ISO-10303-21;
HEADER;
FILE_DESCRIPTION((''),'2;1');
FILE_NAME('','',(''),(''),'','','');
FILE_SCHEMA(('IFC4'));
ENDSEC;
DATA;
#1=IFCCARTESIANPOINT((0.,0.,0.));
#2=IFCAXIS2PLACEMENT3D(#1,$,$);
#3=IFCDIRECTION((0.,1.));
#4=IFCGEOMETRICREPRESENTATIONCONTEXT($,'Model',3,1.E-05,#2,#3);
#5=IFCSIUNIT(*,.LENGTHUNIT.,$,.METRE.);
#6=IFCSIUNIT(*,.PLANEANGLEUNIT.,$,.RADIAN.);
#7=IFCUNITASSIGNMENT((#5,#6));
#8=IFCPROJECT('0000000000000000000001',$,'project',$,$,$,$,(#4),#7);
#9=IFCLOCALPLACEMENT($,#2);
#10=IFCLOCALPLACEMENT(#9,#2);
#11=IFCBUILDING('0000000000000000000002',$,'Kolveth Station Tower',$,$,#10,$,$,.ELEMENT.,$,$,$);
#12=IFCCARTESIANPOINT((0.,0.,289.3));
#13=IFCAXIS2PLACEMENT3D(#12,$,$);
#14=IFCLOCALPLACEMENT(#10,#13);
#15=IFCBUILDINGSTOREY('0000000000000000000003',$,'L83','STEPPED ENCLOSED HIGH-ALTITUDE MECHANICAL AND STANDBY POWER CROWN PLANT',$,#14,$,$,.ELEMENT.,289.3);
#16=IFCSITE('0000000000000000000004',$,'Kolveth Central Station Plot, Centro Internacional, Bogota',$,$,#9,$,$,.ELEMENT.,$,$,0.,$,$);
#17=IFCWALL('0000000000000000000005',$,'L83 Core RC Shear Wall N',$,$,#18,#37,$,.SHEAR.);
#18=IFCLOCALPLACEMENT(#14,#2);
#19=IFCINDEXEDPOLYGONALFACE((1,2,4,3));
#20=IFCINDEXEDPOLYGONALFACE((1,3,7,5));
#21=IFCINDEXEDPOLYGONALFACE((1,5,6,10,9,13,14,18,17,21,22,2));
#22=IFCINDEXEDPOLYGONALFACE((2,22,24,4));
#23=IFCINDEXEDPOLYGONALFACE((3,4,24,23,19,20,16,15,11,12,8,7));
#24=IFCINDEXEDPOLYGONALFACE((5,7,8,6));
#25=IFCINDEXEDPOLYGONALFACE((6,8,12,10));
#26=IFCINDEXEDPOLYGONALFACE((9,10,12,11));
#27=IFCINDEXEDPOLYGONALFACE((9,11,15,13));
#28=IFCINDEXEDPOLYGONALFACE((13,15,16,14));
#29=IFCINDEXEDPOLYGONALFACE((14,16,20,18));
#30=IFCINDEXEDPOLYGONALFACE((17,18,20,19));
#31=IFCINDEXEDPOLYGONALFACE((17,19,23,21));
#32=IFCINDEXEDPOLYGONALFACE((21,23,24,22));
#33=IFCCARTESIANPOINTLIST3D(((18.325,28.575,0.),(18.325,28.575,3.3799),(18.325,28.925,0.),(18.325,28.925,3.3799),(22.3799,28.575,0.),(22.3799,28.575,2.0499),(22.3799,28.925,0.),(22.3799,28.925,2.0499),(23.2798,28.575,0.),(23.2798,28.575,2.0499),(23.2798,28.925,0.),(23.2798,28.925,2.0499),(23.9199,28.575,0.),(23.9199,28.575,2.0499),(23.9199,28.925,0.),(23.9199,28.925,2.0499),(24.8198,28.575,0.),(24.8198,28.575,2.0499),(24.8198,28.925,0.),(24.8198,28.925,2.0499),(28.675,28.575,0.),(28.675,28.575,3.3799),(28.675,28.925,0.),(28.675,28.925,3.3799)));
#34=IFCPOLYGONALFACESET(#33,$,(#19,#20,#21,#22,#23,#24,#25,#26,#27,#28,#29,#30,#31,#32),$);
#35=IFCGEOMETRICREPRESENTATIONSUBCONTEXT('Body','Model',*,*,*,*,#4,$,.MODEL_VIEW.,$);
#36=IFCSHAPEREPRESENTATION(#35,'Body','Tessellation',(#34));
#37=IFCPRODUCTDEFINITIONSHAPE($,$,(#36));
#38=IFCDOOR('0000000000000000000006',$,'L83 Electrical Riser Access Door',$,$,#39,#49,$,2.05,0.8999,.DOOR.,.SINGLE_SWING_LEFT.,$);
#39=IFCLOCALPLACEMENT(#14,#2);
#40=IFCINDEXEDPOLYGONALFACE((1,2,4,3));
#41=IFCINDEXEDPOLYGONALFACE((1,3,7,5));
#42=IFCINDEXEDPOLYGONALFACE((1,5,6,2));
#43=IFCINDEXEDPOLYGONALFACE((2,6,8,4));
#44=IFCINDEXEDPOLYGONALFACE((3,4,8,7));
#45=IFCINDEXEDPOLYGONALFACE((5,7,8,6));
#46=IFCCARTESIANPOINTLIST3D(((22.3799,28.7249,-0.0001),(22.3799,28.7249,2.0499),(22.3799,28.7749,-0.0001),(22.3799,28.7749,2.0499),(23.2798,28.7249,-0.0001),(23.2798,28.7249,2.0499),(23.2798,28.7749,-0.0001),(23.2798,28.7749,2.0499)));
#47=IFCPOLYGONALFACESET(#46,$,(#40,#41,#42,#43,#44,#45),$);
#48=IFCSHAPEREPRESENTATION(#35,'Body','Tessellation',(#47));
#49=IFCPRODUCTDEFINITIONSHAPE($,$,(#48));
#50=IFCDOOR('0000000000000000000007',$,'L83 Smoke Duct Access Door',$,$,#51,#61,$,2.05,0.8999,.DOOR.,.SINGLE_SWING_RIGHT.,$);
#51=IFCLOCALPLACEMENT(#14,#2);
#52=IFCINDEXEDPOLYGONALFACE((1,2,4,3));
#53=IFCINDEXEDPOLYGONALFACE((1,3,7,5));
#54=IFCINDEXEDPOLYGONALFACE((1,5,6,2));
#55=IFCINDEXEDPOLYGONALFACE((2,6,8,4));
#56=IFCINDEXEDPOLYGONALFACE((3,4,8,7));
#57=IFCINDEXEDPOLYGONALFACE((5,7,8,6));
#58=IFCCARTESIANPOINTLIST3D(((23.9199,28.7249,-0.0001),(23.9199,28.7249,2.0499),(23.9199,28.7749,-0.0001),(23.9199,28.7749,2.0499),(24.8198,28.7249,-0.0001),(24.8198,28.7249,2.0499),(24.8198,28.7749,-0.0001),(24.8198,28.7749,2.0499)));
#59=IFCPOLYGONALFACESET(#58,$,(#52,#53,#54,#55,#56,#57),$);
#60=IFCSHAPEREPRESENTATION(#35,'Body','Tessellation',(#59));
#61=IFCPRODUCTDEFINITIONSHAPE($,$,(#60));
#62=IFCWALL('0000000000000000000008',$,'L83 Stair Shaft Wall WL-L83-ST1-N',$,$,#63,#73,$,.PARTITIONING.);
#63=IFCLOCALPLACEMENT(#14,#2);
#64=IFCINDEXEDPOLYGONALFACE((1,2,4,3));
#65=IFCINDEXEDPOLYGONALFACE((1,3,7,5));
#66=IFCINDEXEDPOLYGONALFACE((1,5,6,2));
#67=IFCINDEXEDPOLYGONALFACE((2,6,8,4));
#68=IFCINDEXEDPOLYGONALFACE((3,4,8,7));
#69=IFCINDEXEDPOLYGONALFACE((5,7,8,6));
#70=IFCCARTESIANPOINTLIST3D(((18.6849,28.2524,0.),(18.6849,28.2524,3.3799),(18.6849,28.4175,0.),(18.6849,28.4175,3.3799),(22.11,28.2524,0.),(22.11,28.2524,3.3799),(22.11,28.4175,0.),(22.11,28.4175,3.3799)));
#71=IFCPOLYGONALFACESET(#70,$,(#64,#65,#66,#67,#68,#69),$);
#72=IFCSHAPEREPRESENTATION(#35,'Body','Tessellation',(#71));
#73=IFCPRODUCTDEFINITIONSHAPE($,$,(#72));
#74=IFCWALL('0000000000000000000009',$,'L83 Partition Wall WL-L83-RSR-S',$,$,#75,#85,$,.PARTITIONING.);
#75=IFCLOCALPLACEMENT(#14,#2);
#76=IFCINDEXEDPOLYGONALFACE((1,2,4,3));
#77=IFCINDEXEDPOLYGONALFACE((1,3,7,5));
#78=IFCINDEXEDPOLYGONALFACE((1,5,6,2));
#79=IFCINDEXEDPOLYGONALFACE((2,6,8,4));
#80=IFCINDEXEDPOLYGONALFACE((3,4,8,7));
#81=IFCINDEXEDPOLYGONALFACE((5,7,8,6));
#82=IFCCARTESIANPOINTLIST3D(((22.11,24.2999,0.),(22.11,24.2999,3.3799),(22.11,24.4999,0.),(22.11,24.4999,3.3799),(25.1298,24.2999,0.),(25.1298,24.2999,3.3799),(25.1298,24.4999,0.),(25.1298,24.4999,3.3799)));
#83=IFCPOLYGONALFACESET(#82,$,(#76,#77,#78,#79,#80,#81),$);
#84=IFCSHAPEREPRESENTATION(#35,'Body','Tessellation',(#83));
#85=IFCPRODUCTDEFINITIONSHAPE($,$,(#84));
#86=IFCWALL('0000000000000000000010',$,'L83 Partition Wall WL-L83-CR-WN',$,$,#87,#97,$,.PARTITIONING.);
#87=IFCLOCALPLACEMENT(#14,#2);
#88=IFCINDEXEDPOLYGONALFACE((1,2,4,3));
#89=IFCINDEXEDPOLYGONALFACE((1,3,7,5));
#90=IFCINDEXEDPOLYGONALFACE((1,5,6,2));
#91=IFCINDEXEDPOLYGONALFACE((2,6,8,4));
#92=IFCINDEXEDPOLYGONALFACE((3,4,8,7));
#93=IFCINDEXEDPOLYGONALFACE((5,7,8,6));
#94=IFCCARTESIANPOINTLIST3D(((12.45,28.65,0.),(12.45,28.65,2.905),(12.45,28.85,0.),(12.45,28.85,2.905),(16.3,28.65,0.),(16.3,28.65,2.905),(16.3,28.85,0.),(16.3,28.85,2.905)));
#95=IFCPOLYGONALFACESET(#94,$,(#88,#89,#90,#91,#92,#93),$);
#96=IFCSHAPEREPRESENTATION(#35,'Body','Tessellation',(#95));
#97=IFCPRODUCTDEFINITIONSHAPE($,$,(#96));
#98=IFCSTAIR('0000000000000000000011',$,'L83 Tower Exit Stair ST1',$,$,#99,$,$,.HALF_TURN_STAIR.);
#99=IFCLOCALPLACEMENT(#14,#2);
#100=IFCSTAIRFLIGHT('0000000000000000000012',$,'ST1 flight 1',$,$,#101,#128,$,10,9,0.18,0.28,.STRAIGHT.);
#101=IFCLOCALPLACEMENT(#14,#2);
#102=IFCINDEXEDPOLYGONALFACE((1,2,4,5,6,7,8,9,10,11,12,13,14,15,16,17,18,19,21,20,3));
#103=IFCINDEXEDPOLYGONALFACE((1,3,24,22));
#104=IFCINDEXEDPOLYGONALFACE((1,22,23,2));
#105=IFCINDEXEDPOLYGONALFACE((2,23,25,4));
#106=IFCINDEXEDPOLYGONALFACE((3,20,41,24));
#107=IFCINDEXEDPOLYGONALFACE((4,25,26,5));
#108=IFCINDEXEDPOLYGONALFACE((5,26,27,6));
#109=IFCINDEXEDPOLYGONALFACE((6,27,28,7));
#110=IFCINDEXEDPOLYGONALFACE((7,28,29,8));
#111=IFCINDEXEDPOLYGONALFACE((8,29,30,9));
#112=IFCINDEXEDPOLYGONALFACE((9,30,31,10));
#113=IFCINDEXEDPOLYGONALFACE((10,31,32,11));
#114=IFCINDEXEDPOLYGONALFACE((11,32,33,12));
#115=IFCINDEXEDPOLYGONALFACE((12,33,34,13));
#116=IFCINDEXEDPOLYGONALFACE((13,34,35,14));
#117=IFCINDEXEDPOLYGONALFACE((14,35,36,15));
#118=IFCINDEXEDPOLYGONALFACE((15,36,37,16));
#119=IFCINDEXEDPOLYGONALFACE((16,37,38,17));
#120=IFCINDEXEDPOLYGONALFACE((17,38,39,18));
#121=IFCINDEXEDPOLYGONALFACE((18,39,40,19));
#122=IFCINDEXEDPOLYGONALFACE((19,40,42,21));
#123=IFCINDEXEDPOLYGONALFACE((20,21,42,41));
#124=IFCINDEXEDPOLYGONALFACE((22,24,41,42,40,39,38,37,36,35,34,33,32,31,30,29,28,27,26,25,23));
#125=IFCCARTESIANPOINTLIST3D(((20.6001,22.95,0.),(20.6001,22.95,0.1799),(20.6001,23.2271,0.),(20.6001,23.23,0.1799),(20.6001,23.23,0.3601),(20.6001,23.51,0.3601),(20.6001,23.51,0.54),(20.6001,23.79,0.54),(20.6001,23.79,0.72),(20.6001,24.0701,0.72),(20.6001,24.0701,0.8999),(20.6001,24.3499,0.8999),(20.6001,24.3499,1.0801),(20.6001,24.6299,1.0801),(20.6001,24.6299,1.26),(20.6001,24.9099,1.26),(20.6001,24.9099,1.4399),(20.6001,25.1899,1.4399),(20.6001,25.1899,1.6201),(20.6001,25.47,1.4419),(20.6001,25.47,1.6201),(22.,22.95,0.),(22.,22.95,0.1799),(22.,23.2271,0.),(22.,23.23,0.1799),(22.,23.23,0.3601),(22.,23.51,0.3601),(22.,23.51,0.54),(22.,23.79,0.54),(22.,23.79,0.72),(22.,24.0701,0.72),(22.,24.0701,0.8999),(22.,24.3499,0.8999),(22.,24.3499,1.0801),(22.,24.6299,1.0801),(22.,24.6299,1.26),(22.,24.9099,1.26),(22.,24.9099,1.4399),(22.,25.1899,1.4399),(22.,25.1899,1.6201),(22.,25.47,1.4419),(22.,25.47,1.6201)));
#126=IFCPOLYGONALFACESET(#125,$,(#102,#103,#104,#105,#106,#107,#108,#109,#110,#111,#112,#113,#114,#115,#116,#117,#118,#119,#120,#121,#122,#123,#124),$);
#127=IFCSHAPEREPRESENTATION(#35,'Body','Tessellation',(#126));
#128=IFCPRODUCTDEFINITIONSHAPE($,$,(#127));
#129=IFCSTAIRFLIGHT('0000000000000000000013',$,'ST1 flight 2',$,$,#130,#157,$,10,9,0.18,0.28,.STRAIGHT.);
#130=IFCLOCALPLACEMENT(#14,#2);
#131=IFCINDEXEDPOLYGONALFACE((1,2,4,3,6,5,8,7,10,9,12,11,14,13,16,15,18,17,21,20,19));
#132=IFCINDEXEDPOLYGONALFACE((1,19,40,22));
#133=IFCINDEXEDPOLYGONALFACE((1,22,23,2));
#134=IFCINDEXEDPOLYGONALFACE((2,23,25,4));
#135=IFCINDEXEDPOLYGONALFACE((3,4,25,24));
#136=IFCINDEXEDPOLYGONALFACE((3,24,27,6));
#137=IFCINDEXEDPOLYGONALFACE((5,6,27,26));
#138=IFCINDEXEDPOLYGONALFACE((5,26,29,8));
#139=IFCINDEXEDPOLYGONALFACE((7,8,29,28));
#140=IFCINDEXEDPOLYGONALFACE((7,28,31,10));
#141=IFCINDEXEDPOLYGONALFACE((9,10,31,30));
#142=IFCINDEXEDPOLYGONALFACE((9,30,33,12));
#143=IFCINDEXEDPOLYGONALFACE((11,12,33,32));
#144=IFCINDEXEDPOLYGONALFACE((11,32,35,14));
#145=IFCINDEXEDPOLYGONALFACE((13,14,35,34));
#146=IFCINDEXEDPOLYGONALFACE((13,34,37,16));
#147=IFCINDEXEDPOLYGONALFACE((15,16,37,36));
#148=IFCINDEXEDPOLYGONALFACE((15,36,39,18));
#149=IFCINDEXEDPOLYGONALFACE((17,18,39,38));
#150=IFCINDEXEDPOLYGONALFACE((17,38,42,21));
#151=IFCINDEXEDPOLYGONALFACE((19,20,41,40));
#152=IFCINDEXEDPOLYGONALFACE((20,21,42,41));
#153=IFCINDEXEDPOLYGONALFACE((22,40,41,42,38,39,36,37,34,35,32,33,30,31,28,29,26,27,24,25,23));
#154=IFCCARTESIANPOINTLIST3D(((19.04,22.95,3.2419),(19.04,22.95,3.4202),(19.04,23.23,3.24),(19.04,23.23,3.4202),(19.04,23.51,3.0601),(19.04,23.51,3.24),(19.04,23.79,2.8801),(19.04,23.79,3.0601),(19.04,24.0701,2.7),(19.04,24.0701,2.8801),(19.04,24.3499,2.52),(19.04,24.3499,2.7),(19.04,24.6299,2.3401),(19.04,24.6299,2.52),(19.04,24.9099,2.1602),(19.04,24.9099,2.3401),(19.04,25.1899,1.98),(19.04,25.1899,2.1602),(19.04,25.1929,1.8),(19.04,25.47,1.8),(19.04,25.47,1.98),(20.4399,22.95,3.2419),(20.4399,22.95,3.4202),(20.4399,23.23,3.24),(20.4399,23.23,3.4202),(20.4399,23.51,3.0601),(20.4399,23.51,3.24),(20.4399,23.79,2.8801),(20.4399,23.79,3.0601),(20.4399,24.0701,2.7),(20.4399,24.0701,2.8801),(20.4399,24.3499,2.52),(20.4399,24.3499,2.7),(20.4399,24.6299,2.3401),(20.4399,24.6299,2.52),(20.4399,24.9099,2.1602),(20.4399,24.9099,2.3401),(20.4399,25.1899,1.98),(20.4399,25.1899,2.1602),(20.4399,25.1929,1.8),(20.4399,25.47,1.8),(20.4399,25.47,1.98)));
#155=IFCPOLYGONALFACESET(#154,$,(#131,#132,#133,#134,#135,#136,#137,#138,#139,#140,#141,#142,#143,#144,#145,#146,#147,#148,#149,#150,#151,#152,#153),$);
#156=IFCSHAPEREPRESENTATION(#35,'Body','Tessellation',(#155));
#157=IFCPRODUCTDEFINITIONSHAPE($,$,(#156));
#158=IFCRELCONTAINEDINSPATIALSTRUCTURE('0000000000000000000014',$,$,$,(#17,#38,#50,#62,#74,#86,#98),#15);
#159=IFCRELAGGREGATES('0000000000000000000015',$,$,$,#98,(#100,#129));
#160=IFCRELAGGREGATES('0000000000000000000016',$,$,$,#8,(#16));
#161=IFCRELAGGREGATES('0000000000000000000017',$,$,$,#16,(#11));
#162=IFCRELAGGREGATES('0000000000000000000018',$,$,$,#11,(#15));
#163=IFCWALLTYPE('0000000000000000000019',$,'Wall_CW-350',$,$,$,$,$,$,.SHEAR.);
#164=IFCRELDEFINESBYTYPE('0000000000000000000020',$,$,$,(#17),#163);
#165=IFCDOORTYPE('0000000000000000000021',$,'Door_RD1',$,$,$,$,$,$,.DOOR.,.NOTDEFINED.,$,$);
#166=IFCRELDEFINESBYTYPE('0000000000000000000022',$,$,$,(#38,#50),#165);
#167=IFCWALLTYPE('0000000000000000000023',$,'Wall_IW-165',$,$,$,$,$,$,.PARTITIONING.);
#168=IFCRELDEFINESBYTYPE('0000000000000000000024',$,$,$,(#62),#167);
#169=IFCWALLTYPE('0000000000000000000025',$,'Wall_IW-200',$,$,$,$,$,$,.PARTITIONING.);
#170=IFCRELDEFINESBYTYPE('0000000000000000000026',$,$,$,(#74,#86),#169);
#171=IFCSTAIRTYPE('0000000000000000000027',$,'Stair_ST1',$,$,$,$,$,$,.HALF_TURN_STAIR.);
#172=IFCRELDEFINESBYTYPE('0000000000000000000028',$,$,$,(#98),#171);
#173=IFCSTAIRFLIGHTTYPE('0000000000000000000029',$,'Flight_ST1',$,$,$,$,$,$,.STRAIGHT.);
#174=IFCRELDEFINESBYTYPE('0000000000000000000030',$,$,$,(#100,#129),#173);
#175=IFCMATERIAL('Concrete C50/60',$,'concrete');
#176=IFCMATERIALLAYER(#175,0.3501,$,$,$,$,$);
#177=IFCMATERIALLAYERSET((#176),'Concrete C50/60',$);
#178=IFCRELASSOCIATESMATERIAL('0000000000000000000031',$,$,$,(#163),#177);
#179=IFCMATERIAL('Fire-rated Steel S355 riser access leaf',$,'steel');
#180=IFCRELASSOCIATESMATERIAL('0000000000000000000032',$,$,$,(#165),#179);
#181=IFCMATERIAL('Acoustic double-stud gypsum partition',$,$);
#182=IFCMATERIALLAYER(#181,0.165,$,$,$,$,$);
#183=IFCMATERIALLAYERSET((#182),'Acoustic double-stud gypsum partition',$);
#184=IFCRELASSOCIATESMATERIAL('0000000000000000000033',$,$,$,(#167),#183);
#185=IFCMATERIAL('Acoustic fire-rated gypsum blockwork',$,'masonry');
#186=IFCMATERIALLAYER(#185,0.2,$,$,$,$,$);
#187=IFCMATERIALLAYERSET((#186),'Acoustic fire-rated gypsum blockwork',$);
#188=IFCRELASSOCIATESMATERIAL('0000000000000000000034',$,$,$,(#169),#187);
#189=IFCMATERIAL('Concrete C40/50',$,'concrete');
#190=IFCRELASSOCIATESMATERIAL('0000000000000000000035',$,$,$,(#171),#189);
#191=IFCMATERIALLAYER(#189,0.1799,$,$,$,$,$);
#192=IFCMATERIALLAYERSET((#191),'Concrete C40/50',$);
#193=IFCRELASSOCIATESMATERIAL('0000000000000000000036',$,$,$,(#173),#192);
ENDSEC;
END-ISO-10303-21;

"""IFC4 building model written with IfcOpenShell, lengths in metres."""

from ifc_helpers import new_model, si_unit, direction, frame, frame_2d, origin, place, context, subcontext, project, spatial, polyline, rectangle, outline, extrude, material, layer, layer_set, type_object, element, fill, aggregate, save


model = new_model("IFC4")

# Units and contexts
model_context = context("Model", 3, precision=1e-05, world=origin(), true_north=direction((0.0, 1.0)))
body_context = subcontext(model_context, "Body", "Model", "MODEL_VIEW")
ifc_project = project(units=[si_unit("LENGTHUNIT", "METRE"), si_unit("PLANEANGLEUNIT", "RADIAN")], contexts=[model_context])

# Site, building, storey
site_placement = place(None, origin())
site = spatial("IfcSite", under=ifc_project, at=site_placement, Name="Kolveth Central Station Plot, Centro Internacional, Bogota", CompositionType="ELEMENT", RefElevation=0.0)
building_placement = place(site_placement, origin())
building = spatial("IfcBuilding", under=site, at=building_placement, Name="Kolveth Station Tower", CompositionType="ELEMENT")
storey_placement = place(building_placement, frame((0.0, 0.0, 289.3)))
storey = spatial("IfcBuildingStorey", under=building, at=storey_placement, Name="L83", Description="STEPPED ENCLOSED HIGH-ALTITUDE MECHANICAL AND STANDBY POWER CROWN PLANT", CompositionType="ELEMENT", Elevation=289.3)

# Wall, openings, doors
ifc_material_1 = material(Name="Concrete C50/60", Category="concrete")
ifc_layer_1 = layer(ifc_material_1, 0.3501)
ifc_layer_set_1 = layer_set([ifc_layer_1], Name="Concrete C50/60")
wall_type_1 = type_object("IfcWallType", Name="Wall_CW-350", PredefinedType="SHEAR", material=ifc_layer_set_1)
wall_1_placement = place(storey_placement, frame((18.325, 28.75, 0.0), z_axis=(0.0, 0.0, 1.0), x_axis=(1.0, 0.0, 0.0)))
wall_1 = element("IfcWall", 1, at=wall_1_placement, inside=storey, type_object=wall_type_1, Name="L83 Core RC Shear Wall N", PredefinedType="SHEAR", context=body_context, shape_type="SweptSolid", body=[
    extrude(rectangle(XDim=10.3501, YDim=0.3501, at=frame_2d((5.175, 0.0))), origin(), (0.0, 0.0, 1.0), 3.3799),
])
opening_1_placement = place(wall_1_placement, frame((4.0549, 0.0, 0.0)))
opening_1 = element("IfcOpeningElement", 2, at=opening_1_placement, cuts=wall_1, PredefinedType="OPENING", context=body_context, shape_type="SweptSolid", body=[
    extrude(rectangle(XDim=0.8999, YDim=2.05, at=frame_2d((0.45, 1.0249))), frame((0.0, 0.1851, 0.0), z_axis=(0.0, -1.0, 0.0), x_axis=(1.0, 0.0, 0.0)), (0.0, 0.0, 1.0), 0.3701),
])
opening_2_placement = place(wall_1_placement, frame((5.595, 0.0, 0.0)))
opening_2 = element("IfcOpeningElement", 3, at=opening_2_placement, cuts=wall_1, PredefinedType="OPENING", context=body_context, shape_type="SweptSolid", body=[
    extrude(rectangle(XDim=0.8999, YDim=2.05, at=frame_2d((0.45, 1.0249))), frame((0.0, 0.1851, 0.0), z_axis=(0.0, -1.0, 0.0), x_axis=(1.0, 0.0, 0.0)), (0.0, 0.0, 1.0), 0.3701),
])
ifc_material_2 = material(Name="Fire-rated Steel S355 riser access leaf", Category="steel")
door_type = type_object("IfcDoorType", Name="Door_RD1", OperationType="NOTDEFINED", PredefinedType="DOOR", material=ifc_material_2)
door_1_placement = place(opening_1_placement, origin())
door_1 = element("IfcDoor", 4, at=door_1_placement, inside=storey, type_object=door_type, Name="L83 Electrical Riser Access Door", OperationType="SINGLE_SWING_LEFT", OverallHeight=2.05, OverallWidth=0.8999, PredefinedType="DOOR", context=body_context, shape_type="SweptSolid", body=[
    extrude(rectangle(XDim=0.8999, YDim=2.05, at=frame_2d((0.45, 1.0249))), frame((0.0, 0.0249, 0.0), z_axis=(0.0, -1.0, 0.0), x_axis=(1.0, 0.0, 0.0)), (0.0, 0.0, 1.0), 0.05),
])
fill(opening_1, door_1)
door_2_placement = place(opening_2_placement, origin())
door_2 = element("IfcDoor", 5, at=door_2_placement, inside=storey, type_object=door_type, Name="L83 Smoke Duct Access Door", OperationType="SINGLE_SWING_RIGHT", OverallHeight=2.05, OverallWidth=0.8999, PredefinedType="DOOR", context=body_context, shape_type="SweptSolid", body=[
    extrude(rectangle(XDim=0.8999, YDim=2.05, at=frame_2d((0.45, 1.0249))), frame((0.0, 0.0249, 0.0), z_axis=(0.0, -1.0, 0.0), x_axis=(1.0, 0.0, 0.0)), (0.0, 0.0, 1.0), 0.05),
])
fill(opening_2, door_2)

# Walls
ifc_material_3 = material(Name="Acoustic double-stud gypsum partition")
ifc_layer_2 = layer(ifc_material_3, 0.165)
ifc_layer_set_2 = layer_set([ifc_layer_2], Name="Acoustic double-stud gypsum partition")
wall_type_2 = type_object("IfcWallType", Name="Wall_IW-165", PredefinedType="PARTITIONING", material=ifc_layer_set_2)
wall_2_placement = place(storey_placement, frame((18.6851, 28.335, 0.0), z_axis=(0.0, 0.0, 1.0), x_axis=(1.0, 0.0, 0.0)))
element("IfcWall", 6, at=wall_2_placement, inside=storey, type_object=wall_type_2, Name="L83 Stair Shaft Wall WL-L83-ST1-N", PredefinedType="PARTITIONING", context=body_context, shape_type="SweptSolid", body=[
    extrude(rectangle(XDim=3.425, YDim=0.165, at=frame_2d((1.7124, 0.0))), origin(), (0.0, 0.0, 1.0), 3.3799),
])
ifc_material_4 = material(Name="Acoustic fire-rated gypsum blockwork", Category="masonry")
ifc_layer_3 = layer(ifc_material_4, 0.2)
ifc_layer_set_3 = layer_set([ifc_layer_3], Name="Acoustic fire-rated gypsum blockwork")
wall_type_3 = type_object("IfcWallType", Name="Wall_IW-200", PredefinedType="PARTITIONING", material=ifc_layer_set_3)
wall_3_placement = place(storey_placement, frame((22.1101, 24.3999, 0.0), z_axis=(0.0, 0.0, 1.0), x_axis=(1.0, 0.0, 0.0)))
element("IfcWall", 7, at=wall_3_placement, inside=storey, type_object=wall_type_3, Name="L83 Partition Wall WL-L83-RSR-S", PredefinedType="PARTITIONING", context=body_context, shape_type="SweptSolid", body=[
    extrude(rectangle(XDim=3.0198, YDim=0.2, at=frame_2d((1.5098, 0.0))), origin(), (0.0, 0.0, 1.0), 3.3799),
])
wall_4_placement = place(storey_placement, frame((12.45, 28.75, 0.0), z_axis=(0.0, 0.0, 1.0), x_axis=(1.0, 0.0, 0.0)))
element("IfcWall", 8, at=wall_4_placement, inside=storey, type_object=wall_type_3, Name="L83 Partition Wall WL-L83-CR-WN", PredefinedType="PARTITIONING", context=body_context, shape_type="SweptSolid", body=[
    extrude(rectangle(XDim=3.8501, YDim=0.2, at=frame_2d((1.925, 0.0))), origin(), (0.0, 0.0, 1.0), 2.905),
])

# Stair, stair flights
ifc_material_5 = material(Name="Concrete C40/50", Category="concrete")
stair_type = type_object("IfcStairType", Name="Stair_ST1", PredefinedType="HALF_TURN_STAIR", material=ifc_material_5)
stair_placement = place(storey_placement, origin())
stair = element("IfcStair", 9, at=stair_placement, inside=storey, type_object=stair_type, Name="L83 Tower Exit Stair ST1", PredefinedType="HALF_TURN_STAIR")
ifc_layer_4 = layer(ifc_material_5, 0.1799)
ifc_layer_set_4 = layer_set([ifc_layer_4], Name="Concrete C40/50")
stair_flight_type = type_object("IfcStairFlightType", Name="Flight_ST1", PredefinedType="STRAIGHT", material=ifc_layer_set_4)
stair_flight_1_placement = place(storey_placement, frame((21.3, 22.95, 0.0), z_axis=(0.0, 0.0, 1.0), x_axis=(0.0, 1.0, 0.0)))
stair_flight_1 = element("IfcStairFlight", 10, at=stair_flight_1_placement, type_object=stair_flight_type, Name="ST1 flight 1", NumberOfRisers=10, NumberOfTreads=9, PredefinedType="STRAIGHT", RiserHeight=0.18, TreadLength=0.28, context=body_context, shape_type="SweptSolid", body=[
    extrude(outline(polyline([(0.0, 0.0), (0.0, 0.1799), (0.28, 0.1799), (0.28, 0.3601), (0.5601, 0.3601), (0.5601, 0.54), (0.8401, 0.54), (0.8401, 0.72), (1.1201, 0.72), (1.1201, 0.8999), (1.3999, 0.8999), (1.3999, 1.0801), (1.6799, 1.0801), (1.6799, 1.26), (1.96, 1.26), (1.96, 1.4399), (2.24, 1.4399), (2.24, 1.6201), (2.52, 1.6201), (2.52, 1.8), (2.52, 1.4419), (0.2771, 0.0), (0.0, 0.0)])), frame((0.0, 0.7, 0.0), z_axis=(0.0, -1.0, 0.0), x_axis=(1.0, 0.0, 0.0)), (0.0, 0.0, 1.0), 1.3999),
])
stair_flight_2_placement = place(storey_placement, frame((19.74, 25.47, 1.8), z_axis=(0.0, 0.0, 1.0), x_axis=(0.0, -1.0, 0.0)))
stair_flight_2 = element("IfcStairFlight", 11, at=stair_flight_2_placement, type_object=stair_flight_type, Name="ST1 flight 2", NumberOfRisers=10, NumberOfTreads=9, PredefinedType="STRAIGHT", RiserHeight=0.18, TreadLength=0.28, context=body_context, shape_type="SweptSolid", body=[
    extrude(outline(polyline([(0.0, 0.0), (0.0, 0.1799), (0.28, 0.1799), (0.28, 0.3601), (0.5601, 0.3601), (0.5601, 0.54), (0.8401, 0.54), (0.8401, 0.72), (1.1201, 0.72), (1.1201, 0.8999), (1.3999, 0.8999), (1.3999, 1.0801), (1.6799, 1.0801), (1.6799, 1.26), (1.96, 1.26), (1.96, 1.4399), (2.24, 1.4399), (2.24, 1.6201), (2.52, 1.6201), (2.52, 1.8), (2.52, 1.4419), (0.2771, 0.0), (0.0, 0.0)])), frame((0.0, 0.7, 0.0), z_axis=(0.0, -1.0, 0.0), x_axis=(1.0, 0.0, 0.0)), (0.0, 0.0, 1.0), 1.3999),
])
aggregate(stair, [stair_flight_1, stair_flight_2])

save(model, "model.ifc")
